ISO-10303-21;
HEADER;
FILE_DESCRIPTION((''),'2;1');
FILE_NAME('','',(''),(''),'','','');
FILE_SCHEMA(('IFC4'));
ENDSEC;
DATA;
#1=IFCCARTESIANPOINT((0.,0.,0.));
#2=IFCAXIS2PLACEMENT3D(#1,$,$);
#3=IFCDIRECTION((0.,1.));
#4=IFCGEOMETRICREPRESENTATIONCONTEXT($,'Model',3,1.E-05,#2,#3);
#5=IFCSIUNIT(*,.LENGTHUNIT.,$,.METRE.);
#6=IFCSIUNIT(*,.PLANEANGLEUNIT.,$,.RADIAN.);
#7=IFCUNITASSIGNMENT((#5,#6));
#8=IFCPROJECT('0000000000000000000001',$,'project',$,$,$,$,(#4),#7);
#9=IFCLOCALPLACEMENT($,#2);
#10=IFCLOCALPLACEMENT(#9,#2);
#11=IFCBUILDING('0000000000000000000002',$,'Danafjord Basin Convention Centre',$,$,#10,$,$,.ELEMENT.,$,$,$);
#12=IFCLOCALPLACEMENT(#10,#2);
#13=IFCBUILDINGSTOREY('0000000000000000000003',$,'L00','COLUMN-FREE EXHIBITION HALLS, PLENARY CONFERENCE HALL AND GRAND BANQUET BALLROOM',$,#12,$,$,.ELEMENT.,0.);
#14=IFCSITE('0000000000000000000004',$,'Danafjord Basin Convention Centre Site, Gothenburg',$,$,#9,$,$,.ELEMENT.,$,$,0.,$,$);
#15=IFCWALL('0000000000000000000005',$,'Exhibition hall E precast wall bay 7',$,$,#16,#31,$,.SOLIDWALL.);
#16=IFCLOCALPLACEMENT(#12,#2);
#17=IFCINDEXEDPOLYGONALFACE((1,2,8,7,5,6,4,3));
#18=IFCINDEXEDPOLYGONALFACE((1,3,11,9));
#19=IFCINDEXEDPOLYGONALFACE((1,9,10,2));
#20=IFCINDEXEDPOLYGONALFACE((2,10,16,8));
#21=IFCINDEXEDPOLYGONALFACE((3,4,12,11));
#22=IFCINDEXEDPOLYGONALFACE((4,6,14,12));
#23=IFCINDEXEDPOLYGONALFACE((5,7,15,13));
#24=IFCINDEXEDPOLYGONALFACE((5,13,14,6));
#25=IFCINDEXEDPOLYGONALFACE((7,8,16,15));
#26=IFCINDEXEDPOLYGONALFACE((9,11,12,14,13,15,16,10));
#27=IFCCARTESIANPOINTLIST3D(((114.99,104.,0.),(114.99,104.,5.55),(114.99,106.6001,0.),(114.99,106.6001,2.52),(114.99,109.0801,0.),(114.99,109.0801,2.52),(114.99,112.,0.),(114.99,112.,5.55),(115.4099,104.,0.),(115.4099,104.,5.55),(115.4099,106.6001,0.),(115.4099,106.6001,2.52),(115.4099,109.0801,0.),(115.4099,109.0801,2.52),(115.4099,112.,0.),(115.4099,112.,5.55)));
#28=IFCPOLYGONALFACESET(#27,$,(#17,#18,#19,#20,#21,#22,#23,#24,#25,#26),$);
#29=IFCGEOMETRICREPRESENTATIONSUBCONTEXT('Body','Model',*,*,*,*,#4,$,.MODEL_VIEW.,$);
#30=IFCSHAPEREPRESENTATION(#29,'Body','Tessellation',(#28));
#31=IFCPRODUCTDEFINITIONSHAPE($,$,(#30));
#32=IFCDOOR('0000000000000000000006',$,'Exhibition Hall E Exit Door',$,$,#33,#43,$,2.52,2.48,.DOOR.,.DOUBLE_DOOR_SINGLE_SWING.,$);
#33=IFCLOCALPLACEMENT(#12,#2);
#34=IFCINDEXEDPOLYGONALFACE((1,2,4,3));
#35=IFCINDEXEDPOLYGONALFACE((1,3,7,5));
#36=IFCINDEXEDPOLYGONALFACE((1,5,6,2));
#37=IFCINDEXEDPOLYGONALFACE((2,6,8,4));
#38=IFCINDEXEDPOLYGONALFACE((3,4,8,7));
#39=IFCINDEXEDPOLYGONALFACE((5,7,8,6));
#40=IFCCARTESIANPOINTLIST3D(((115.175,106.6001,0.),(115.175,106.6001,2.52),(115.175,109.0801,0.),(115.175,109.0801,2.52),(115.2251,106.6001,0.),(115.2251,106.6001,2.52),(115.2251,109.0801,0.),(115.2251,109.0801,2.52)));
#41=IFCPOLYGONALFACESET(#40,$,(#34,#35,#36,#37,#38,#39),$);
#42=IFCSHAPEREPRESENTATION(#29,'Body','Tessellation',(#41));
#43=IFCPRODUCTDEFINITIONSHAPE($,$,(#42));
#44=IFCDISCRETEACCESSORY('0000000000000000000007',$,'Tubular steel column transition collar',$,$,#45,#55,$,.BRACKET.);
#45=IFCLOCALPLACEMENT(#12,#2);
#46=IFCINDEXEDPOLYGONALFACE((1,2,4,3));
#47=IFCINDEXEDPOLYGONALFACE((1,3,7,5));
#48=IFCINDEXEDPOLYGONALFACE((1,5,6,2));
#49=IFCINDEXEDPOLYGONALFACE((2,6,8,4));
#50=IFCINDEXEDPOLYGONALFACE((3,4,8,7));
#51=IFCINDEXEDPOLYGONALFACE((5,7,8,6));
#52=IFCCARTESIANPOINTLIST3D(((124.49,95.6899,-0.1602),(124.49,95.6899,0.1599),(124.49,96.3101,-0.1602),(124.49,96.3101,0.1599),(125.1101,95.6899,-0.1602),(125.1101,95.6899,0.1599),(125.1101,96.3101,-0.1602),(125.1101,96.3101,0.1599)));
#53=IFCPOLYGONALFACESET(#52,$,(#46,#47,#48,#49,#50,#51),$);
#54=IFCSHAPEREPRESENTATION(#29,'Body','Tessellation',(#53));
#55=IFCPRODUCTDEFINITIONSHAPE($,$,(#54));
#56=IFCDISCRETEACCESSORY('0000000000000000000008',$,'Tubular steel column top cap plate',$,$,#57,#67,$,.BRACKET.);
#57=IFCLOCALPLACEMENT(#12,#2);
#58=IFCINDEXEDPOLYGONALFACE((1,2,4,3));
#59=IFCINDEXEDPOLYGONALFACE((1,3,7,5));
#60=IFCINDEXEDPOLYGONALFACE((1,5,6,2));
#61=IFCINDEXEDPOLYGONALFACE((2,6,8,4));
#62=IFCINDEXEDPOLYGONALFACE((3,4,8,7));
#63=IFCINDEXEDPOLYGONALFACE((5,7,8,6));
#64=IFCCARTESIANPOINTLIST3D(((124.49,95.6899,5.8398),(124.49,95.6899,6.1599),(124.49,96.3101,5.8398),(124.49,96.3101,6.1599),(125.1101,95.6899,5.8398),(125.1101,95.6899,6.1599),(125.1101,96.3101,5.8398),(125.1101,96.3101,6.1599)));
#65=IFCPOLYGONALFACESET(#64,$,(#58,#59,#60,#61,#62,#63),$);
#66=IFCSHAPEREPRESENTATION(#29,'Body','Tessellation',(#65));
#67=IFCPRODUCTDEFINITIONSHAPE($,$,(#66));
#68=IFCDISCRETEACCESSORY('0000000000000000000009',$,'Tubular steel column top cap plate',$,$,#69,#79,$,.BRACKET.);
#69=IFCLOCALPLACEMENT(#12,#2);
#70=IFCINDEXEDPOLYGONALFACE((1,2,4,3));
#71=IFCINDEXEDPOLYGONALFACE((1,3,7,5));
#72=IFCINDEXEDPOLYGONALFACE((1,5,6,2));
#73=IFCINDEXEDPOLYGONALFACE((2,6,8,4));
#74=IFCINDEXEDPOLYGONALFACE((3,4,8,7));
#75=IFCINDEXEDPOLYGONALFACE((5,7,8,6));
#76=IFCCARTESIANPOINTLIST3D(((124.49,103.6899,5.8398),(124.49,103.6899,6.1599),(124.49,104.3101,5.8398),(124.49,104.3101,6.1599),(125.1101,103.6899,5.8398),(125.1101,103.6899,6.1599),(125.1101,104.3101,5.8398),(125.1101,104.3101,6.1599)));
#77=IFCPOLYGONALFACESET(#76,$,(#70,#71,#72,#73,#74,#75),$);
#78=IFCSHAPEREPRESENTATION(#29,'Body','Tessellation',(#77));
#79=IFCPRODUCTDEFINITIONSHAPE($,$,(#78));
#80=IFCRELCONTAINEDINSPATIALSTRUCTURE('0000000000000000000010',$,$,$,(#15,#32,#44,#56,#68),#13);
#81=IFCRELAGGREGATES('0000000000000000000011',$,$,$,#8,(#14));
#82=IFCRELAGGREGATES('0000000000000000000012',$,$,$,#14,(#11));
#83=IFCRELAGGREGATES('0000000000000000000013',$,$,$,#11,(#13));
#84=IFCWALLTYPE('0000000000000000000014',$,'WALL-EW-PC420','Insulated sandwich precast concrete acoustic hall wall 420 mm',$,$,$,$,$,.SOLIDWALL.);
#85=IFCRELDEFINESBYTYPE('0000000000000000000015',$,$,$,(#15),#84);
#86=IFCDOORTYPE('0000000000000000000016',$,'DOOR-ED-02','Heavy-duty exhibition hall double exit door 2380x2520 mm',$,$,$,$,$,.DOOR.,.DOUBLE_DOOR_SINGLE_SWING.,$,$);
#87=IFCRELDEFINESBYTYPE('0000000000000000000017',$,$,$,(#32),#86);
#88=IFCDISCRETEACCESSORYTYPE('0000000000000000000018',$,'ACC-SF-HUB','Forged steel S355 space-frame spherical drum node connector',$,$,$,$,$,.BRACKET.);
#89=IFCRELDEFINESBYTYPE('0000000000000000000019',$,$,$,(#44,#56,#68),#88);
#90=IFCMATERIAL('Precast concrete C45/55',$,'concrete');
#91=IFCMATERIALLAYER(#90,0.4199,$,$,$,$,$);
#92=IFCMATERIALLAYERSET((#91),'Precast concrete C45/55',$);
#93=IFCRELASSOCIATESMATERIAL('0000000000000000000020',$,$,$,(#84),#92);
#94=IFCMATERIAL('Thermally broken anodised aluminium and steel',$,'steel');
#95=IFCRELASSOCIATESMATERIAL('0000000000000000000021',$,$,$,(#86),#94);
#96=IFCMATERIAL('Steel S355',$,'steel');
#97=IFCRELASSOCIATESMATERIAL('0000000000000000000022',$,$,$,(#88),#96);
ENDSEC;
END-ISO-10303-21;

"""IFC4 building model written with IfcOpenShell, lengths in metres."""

from ifc_helpers import new_model, si_unit, direction, frame, frame_2d, origin, origin_2d, place, context, subcontext, project, spatial, rectangle, extrude, material, layer, layer_set, type_object, element, fill, save


model = new_model("IFC4")

# Units and contexts
model_context = context("Model", 3, precision=1e-05, world=origin(), true_north=direction((0.0, 1.0)))
body_context = subcontext(model_context, "Body", "Model", "MODEL_VIEW")
ifc_project = project(units=[si_unit("LENGTHUNIT", "METRE"), si_unit("PLANEANGLEUNIT", "RADIAN")], contexts=[model_context])

# Site, building, storey
site_placement = place(None, origin())
site = spatial("IfcSite", under=ifc_project, at=site_placement, Name="Danafjord Basin Convention Centre Site, Gothenburg", CompositionType="ELEMENT", RefElevation=0.0)
building_placement = place(site_placement, origin())
building = spatial("IfcBuilding", under=site, at=building_placement, Name="Danafjord Basin Convention Centre", CompositionType="ELEMENT")
storey_placement = place(building_placement, origin())
storey = spatial("IfcBuildingStorey", under=building, at=storey_placement, Name="L00", Description="COLUMN-FREE EXHIBITION HALLS, PLENARY CONFERENCE HALL AND GRAND BANQUET BALLROOM", CompositionType="ELEMENT", Elevation=0.0)

# Shared definitions
ifc_material_1 = material(Name="Steel S355", Category="steel")

# Wall, opening, door
ifc_material_2 = material(Name="Precast concrete C45/55", Category="concrete")
ifc_material_3 = material(Name="Thermally broken anodised aluminium and steel", Category="steel")
ifc_layer_1 = layer(ifc_material_2, 0.4199)
ifc_layer_set_1 = layer_set([ifc_layer_1], Name="Precast concrete C45/55")
wall_type_1 = type_object("IfcWallType", Name="WALL-EW-PC420", Description="Insulated sandwich precast concrete acoustic hall wall 420 mm", PredefinedType="SOLIDWALL", material=ifc_layer_set_1)
wall_1_placement = place(storey_placement, frame((115.2, 104.0, 0.0), z_axis=(0.0, 0.0, 1.0), x_axis=(0.0, 1.0, 0.0)))
wall_1 = element("IfcWall", 1, at=wall_1_placement, inside=storey, type_object=wall_type_1, Name="Exhibition hall E precast wall bay 7", PredefinedType="SOLIDWALL", context=body_context, shape_type="SweptSolid", body=[
    extrude(rectangle(XDim=8.0, YDim=0.4199, at=frame_2d((4.0, 0.0))), origin(), (0.0, 0.0, 1.0), 5.55),
])
opening_1_placement = place(wall_1_placement, frame((2.6001, 0.0, 0.0)))
opening_1 = element("IfcOpeningElement", 2, at=opening_1_placement, cuts=wall_1, PredefinedType="OPENING", context=body_context, shape_type="SweptSolid", body=[
    extrude(rectangle(XDim=2.48, YDim=2.52, at=frame_2d((1.24, 1.26))), frame((0.0, 0.22, 0.0), z_axis=(0.0, -1.0, 0.0), x_axis=(1.0, 0.0, 0.0)), (0.0, 0.0, 1.0), 0.4399),
])
door_type_1 = type_object("IfcDoorType", Name="DOOR-ED-02", Description="Heavy-duty exhibition hall double exit door 2380x2520 mm", OperationType="DOUBLE_DOOR_SINGLE_SWING", PredefinedType="DOOR", material=ifc_material_3)
door_1_placement = place(opening_1_placement, origin())
door_1 = element("IfcDoor", 3, at=door_1_placement, inside=storey, type_object=door_type_1, Name="Exhibition Hall E Exit Door", OperationType="DOUBLE_DOOR_SINGLE_SWING", OverallHeight=2.52, OverallWidth=2.48, PredefinedType="DOOR", context=body_context, shape_type="SweptSolid", body=[
    extrude(rectangle(XDim=2.48, YDim=2.52, at=frame_2d((1.24, 1.26))), frame((0.0, 0.0249, 0.0), z_axis=(0.0, -1.0, 0.0), x_axis=(1.0, 0.0, 0.0)), (0.0, 0.0, 1.0), 0.05),
])
fill(opening_1, door_1)

# Discrete accessories
discrete_accessory_type = type_object("IfcDiscreteAccessoryType", Name="ACC-SF-HUB", Description="Forged steel S355 space-frame spherical drum node connector", PredefinedType="BRACKET", material=ifc_material_1)
for number, where, z_axis, x_axis, name in (
    (4, (124.8, 96.0, -0.1602), (0.0, 0.0, 1.0), (1.0, 0.0, 0.0), "Tubular steel column transition collar"),
    (5, (124.8, 96.0, 5.8398), (0.0, 0.0, 1.0), (1.0, 0.0, 0.0), "Tubular steel column top cap plate"),
    (6, (124.8, 104.0, 5.8398), (0.0, 0.0, 1.0), (1.0, 0.0, 0.0), "Tubular steel column top cap plate"),
):
    element("IfcDiscreteAccessory", number, at=place(storey_placement, frame(where, z_axis=z_axis, x_axis=x_axis)), inside=storey, type_object=discrete_accessory_type, Name=name, PredefinedType="BRACKET", context=body_context, shape_type="SweptSolid", body=[
        extrude(rectangle(XDim=0.6201, YDim=0.6201, at=origin_2d()), origin(), (0.0, 0.0, 1.0), 0.3201),
    ])

save(model, "model.ifc")
